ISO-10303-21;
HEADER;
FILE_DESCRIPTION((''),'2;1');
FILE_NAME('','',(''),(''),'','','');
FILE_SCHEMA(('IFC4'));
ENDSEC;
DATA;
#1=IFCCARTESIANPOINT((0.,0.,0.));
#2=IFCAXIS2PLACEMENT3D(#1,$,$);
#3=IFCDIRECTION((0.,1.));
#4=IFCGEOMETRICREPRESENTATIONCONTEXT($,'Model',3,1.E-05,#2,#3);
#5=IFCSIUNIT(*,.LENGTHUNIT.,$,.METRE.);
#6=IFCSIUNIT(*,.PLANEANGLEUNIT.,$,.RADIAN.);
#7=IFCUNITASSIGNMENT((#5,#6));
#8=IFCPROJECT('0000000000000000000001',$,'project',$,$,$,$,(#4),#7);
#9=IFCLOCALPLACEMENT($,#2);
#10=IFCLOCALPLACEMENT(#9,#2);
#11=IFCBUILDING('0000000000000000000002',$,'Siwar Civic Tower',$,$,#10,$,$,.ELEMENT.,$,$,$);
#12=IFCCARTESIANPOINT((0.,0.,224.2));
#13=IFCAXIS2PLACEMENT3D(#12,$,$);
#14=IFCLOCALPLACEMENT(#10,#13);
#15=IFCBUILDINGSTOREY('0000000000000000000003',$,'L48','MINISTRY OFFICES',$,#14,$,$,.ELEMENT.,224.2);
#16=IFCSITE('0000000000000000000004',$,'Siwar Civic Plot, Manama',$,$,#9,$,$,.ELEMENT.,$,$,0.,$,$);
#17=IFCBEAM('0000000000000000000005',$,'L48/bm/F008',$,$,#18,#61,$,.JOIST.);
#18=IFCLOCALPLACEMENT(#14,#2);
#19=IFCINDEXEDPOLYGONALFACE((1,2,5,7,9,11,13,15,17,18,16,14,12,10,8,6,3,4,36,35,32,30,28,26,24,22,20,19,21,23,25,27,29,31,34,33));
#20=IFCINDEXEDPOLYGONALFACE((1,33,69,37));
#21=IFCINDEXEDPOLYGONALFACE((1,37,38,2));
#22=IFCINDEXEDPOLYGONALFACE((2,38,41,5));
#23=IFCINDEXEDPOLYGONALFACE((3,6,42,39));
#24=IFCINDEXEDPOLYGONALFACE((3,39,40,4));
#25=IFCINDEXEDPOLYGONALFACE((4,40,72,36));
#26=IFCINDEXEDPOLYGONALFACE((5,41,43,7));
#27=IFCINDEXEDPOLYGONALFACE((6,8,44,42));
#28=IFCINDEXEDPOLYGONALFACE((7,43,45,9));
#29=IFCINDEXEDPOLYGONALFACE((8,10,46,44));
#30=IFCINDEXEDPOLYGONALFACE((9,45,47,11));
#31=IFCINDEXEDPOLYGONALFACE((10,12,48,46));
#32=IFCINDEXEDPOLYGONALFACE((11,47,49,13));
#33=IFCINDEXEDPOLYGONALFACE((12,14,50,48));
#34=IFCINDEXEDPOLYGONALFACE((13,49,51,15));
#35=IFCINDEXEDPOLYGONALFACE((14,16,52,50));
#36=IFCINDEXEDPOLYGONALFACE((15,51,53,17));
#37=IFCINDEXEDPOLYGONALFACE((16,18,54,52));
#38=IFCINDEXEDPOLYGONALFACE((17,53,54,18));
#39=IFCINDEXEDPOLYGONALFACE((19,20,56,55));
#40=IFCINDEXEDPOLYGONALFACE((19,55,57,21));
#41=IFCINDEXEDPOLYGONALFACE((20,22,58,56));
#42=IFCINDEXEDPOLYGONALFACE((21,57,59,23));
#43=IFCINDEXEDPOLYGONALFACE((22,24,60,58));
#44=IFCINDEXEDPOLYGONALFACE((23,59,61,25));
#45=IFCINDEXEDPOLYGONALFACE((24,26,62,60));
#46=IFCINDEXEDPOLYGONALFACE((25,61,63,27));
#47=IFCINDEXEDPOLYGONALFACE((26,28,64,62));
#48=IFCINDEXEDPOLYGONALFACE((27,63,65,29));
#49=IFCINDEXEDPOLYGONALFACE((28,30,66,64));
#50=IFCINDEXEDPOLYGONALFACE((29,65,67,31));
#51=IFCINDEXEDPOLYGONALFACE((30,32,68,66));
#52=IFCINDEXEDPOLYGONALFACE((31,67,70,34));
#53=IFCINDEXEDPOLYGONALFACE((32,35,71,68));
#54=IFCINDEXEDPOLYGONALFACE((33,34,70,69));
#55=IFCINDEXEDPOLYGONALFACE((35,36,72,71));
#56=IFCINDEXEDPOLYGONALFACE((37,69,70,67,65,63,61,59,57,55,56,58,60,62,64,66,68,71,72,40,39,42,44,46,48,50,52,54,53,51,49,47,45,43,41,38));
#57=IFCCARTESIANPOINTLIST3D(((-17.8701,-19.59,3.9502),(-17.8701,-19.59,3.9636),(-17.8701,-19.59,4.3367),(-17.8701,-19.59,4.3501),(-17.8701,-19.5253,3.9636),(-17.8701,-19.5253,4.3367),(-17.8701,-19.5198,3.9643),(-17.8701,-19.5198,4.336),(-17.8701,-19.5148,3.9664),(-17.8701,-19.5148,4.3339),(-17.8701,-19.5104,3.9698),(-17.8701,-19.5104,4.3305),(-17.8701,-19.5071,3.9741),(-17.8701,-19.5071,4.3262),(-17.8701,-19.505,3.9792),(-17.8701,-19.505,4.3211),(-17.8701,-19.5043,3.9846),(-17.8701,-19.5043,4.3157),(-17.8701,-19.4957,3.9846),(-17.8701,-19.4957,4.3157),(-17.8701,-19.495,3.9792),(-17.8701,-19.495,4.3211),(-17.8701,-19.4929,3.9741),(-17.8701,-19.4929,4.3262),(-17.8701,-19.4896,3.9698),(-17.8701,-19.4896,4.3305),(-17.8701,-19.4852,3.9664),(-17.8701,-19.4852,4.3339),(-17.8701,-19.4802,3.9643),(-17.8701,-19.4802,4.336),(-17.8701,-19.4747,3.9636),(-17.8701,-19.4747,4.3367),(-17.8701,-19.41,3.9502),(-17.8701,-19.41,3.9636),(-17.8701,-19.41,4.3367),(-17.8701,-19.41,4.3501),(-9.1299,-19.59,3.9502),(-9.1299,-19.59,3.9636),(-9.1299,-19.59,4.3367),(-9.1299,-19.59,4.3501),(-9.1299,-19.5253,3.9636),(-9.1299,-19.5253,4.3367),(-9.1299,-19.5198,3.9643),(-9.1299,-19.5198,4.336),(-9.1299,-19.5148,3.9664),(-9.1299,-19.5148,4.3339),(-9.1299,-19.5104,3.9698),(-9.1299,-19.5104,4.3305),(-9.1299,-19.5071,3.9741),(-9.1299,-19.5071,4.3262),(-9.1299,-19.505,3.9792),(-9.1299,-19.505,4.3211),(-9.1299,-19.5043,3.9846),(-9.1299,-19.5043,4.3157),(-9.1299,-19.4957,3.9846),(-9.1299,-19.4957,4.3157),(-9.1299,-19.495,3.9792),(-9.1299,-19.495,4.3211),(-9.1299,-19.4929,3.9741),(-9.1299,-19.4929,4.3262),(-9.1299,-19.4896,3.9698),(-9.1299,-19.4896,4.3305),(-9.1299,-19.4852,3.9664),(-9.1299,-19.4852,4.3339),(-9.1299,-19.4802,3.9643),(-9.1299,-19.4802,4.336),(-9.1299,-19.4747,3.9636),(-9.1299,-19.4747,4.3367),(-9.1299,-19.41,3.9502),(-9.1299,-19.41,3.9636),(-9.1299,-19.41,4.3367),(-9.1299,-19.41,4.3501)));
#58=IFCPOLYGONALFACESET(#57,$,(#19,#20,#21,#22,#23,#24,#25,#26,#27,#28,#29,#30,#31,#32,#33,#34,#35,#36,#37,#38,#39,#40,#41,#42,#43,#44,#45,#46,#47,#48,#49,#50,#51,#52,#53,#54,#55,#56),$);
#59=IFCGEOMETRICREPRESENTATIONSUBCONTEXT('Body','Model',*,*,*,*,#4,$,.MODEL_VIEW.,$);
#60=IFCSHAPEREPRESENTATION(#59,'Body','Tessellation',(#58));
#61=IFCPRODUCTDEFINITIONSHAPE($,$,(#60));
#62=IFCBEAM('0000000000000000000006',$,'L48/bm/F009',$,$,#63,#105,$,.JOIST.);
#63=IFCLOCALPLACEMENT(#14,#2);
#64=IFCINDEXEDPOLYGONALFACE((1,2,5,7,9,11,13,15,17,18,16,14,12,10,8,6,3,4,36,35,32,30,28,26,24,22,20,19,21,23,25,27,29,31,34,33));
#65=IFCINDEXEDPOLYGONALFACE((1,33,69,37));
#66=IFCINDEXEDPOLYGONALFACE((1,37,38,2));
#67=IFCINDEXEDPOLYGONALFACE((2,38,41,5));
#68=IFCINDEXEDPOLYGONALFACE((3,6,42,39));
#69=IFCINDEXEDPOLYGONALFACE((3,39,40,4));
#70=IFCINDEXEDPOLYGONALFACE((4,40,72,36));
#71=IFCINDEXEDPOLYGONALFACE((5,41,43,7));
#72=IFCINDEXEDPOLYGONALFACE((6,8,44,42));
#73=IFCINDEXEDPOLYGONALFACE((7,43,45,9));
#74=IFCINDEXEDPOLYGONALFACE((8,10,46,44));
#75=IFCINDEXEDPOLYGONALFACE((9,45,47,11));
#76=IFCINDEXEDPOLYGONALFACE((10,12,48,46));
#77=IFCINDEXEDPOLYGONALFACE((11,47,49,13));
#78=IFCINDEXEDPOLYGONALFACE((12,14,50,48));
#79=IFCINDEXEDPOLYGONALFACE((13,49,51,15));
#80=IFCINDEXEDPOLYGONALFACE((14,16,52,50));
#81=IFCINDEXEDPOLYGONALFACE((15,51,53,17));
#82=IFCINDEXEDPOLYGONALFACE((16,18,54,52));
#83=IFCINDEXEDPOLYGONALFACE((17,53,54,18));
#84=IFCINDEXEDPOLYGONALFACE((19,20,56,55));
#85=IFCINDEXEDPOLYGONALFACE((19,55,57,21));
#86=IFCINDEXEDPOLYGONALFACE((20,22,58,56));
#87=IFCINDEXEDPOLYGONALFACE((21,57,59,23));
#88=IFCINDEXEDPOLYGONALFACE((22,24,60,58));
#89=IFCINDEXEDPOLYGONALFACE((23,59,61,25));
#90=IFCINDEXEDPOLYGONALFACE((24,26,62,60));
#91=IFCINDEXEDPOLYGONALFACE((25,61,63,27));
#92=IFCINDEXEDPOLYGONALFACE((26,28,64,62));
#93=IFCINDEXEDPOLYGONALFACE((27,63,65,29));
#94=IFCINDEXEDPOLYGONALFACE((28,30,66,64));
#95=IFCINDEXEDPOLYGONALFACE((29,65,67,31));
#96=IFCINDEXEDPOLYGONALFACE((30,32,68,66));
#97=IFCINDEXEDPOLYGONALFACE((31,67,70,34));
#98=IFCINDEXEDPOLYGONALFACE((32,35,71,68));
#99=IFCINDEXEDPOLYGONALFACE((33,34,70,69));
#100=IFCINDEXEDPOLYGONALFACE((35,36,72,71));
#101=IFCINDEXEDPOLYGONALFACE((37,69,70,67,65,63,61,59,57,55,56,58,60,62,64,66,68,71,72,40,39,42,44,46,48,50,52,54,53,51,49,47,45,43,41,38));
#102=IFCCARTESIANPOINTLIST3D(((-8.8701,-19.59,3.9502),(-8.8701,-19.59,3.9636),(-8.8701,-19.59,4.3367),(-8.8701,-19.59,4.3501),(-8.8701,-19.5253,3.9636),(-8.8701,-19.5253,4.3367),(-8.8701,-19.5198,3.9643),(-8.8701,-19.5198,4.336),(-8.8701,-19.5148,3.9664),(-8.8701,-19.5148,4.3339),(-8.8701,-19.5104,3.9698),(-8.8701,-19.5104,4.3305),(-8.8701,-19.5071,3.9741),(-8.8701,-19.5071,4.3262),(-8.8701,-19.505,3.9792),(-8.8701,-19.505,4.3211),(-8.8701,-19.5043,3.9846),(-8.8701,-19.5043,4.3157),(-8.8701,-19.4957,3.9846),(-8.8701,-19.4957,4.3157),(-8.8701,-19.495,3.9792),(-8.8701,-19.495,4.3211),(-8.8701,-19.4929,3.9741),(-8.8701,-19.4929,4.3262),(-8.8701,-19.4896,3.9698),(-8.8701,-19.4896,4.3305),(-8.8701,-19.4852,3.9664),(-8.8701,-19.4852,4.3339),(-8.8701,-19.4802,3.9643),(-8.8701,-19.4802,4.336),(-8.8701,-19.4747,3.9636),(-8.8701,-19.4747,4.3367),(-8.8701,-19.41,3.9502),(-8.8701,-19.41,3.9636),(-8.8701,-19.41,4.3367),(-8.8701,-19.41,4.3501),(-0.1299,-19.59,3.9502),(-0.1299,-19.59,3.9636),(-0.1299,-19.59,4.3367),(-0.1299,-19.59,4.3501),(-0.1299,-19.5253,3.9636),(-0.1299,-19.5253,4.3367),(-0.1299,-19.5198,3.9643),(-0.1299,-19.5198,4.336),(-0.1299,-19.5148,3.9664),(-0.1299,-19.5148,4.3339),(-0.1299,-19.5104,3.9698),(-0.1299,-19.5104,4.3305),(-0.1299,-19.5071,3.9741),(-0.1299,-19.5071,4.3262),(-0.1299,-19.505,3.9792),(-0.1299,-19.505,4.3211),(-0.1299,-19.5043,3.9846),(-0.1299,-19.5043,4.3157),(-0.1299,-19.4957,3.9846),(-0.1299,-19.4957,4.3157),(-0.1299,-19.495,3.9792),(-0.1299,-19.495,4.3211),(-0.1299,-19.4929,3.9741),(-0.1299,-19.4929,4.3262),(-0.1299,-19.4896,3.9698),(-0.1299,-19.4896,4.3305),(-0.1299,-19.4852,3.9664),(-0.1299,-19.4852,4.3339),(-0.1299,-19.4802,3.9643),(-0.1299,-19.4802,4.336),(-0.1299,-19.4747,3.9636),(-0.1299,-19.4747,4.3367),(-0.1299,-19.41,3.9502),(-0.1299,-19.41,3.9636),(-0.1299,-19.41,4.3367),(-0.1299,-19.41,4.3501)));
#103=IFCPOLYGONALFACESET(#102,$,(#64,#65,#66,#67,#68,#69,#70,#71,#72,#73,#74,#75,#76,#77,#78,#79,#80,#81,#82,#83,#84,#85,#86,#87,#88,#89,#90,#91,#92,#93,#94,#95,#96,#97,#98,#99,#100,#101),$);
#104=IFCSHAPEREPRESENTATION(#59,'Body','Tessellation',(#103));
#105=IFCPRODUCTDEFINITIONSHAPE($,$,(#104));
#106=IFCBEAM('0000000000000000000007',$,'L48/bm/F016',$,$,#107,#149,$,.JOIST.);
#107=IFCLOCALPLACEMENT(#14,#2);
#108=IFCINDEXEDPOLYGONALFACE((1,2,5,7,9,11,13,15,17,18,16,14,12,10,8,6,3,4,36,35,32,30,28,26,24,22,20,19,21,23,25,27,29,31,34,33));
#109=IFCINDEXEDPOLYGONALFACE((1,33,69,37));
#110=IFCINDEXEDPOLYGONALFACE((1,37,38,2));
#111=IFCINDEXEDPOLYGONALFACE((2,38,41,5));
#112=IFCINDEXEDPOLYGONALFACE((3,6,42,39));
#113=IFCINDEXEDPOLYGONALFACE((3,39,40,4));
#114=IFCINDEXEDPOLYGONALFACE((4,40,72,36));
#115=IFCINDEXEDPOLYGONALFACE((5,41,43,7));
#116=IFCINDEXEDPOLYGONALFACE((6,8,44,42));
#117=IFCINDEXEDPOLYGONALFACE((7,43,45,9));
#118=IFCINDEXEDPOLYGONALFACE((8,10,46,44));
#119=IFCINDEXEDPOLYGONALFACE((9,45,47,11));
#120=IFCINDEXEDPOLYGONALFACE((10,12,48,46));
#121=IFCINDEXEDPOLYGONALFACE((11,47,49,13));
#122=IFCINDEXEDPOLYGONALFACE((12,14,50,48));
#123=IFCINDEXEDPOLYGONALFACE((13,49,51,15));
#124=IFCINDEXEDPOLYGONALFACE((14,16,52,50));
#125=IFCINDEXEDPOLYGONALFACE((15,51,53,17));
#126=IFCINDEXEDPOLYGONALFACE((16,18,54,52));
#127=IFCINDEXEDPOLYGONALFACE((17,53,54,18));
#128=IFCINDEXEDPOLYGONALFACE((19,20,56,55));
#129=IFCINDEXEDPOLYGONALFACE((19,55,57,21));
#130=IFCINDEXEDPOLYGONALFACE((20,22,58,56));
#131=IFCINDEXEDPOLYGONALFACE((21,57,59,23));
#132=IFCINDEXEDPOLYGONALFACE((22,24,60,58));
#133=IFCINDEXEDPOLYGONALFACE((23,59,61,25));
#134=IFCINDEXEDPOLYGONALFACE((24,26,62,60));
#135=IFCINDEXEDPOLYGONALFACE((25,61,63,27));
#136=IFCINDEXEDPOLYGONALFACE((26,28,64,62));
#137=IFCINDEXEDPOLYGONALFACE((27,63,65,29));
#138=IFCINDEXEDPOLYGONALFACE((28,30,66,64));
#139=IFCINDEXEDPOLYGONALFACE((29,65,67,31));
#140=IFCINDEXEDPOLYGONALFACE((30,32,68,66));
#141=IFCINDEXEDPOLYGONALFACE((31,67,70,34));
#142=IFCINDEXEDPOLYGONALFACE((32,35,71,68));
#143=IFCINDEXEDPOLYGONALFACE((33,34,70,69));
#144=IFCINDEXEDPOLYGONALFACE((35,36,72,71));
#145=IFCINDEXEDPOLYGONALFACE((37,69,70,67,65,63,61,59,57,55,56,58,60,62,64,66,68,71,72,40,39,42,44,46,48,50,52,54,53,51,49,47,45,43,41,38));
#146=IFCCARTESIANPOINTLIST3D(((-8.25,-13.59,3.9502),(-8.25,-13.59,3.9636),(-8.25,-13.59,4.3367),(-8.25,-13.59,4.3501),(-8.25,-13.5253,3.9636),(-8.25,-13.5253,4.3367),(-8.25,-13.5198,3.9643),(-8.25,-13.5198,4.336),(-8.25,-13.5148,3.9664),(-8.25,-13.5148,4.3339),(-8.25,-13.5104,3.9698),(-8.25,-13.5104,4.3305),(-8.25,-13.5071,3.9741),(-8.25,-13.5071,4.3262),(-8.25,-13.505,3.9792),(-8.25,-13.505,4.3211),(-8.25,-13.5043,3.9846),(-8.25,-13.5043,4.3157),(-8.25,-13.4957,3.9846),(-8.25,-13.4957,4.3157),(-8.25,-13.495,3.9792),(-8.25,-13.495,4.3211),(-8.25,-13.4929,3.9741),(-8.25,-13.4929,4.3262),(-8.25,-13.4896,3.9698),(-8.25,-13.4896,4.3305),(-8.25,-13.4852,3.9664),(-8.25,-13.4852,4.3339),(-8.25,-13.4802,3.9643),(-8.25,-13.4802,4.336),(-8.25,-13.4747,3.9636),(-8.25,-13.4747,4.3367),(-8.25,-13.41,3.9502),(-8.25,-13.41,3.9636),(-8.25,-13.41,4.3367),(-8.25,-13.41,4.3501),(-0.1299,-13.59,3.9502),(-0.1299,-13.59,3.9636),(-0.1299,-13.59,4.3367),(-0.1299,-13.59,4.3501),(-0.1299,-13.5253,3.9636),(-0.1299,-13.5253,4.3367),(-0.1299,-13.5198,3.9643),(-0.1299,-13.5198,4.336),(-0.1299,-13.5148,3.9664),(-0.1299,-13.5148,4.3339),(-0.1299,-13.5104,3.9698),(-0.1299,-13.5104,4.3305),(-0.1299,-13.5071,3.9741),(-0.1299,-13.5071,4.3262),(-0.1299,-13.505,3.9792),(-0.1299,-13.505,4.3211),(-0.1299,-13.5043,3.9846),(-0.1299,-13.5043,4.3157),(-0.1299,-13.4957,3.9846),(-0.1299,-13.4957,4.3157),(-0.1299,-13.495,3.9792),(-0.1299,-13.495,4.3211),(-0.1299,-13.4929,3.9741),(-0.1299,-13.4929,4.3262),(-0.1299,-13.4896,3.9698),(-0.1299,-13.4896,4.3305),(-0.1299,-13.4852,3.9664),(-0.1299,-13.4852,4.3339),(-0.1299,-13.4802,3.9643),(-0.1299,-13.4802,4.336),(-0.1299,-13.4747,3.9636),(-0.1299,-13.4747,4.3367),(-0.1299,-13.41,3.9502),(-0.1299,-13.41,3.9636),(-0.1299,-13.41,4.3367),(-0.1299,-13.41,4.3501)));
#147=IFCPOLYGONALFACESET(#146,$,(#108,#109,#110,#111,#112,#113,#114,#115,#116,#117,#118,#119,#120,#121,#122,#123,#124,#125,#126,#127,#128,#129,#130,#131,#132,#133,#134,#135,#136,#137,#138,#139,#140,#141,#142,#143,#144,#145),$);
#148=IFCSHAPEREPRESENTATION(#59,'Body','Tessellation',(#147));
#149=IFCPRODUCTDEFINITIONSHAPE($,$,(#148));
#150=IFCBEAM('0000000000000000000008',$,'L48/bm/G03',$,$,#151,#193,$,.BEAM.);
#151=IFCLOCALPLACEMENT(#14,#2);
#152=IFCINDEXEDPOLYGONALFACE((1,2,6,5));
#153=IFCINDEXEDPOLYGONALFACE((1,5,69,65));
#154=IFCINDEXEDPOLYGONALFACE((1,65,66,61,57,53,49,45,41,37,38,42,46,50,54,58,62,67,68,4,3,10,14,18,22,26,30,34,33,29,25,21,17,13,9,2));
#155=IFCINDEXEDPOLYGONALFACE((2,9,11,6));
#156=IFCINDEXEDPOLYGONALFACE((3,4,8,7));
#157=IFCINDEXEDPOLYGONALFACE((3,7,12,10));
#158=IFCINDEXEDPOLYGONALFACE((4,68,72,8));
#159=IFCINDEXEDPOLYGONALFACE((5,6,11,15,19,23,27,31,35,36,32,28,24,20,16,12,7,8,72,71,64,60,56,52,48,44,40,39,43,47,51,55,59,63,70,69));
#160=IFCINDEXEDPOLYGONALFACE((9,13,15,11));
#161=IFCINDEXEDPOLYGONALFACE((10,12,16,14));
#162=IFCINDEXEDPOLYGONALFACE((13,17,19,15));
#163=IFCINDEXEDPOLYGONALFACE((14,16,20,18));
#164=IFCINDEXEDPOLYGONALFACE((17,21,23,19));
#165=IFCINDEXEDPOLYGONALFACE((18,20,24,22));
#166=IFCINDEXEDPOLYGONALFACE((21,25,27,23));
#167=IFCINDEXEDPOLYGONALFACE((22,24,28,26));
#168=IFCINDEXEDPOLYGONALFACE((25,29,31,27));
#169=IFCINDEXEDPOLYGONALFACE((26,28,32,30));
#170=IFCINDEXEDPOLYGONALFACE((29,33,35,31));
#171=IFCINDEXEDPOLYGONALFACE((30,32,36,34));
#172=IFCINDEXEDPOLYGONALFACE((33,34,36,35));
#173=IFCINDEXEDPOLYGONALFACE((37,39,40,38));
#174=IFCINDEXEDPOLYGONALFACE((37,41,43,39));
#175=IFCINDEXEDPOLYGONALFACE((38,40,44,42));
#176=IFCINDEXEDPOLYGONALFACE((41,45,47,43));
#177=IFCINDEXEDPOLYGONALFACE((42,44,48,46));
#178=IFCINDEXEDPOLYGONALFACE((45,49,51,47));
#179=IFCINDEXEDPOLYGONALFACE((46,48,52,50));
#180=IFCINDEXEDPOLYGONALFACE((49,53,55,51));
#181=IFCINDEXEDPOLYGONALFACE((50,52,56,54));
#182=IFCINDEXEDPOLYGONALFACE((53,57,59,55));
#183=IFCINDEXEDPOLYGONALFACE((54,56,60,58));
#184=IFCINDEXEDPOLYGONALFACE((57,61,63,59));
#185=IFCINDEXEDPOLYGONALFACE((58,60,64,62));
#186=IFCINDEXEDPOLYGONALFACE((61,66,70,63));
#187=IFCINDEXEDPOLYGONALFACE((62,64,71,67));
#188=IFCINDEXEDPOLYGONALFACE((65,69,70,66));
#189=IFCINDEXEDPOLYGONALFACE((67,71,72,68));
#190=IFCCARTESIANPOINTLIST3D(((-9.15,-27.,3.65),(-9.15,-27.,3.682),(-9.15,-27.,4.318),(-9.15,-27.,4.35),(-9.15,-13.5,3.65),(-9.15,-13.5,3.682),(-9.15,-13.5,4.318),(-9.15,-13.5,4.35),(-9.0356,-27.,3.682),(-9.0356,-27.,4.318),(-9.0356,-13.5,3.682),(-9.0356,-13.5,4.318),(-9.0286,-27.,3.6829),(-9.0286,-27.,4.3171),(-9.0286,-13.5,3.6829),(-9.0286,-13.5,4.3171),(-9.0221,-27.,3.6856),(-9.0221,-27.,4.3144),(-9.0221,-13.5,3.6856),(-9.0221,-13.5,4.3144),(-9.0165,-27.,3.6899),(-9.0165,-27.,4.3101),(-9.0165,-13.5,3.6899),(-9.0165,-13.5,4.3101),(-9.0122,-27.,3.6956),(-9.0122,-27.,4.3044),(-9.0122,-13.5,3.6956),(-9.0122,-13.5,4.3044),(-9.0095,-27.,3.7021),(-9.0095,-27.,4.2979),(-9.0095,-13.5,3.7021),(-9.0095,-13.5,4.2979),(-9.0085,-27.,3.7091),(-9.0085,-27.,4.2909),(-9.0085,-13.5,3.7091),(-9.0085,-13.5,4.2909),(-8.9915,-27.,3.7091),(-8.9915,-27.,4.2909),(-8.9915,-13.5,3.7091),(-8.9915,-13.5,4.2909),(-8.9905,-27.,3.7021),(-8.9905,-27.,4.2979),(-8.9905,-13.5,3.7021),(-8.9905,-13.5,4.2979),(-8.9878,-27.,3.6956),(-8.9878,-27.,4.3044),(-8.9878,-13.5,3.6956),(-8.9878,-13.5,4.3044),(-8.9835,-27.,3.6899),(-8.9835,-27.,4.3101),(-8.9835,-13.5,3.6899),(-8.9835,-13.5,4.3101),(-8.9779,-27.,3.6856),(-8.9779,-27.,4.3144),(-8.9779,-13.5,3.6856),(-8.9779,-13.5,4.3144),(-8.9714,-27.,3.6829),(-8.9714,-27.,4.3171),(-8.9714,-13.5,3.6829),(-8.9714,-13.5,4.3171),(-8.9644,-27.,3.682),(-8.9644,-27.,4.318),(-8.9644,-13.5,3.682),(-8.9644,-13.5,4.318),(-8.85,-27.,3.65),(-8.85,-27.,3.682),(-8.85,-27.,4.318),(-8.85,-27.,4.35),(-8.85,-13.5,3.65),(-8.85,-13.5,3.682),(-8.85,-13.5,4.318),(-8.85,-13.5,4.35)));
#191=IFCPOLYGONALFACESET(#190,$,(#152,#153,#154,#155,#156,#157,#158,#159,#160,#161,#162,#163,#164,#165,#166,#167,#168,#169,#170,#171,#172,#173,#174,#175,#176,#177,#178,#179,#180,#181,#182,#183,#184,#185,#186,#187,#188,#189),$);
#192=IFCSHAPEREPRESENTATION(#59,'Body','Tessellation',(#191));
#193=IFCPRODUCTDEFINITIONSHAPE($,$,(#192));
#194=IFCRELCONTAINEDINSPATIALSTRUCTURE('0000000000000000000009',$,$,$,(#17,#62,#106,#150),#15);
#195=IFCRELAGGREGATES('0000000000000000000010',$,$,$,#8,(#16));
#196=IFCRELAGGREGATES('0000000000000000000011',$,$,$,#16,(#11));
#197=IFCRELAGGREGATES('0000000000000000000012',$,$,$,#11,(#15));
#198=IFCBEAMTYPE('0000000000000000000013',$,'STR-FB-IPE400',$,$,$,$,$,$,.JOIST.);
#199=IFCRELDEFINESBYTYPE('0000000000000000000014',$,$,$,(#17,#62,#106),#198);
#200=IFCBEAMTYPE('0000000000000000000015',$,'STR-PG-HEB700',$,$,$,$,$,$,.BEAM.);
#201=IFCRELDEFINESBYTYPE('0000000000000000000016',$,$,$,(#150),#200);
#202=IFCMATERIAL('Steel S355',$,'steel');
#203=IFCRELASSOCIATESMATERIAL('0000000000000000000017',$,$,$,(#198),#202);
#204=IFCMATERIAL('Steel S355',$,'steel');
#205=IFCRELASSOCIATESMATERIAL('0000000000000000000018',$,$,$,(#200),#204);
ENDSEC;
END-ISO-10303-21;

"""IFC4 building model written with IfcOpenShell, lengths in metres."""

from ifc_helpers import new_model, si_unit, direction, frame, origin, origin_2d, place, context, subcontext, project, spatial, i_section, extrude, material, material_profile, profile_set, type_object, element, save


model = new_model("IFC4")

# Units and contexts
model_context = context("Model", 3, precision=1e-05, world=origin(), true_north=direction((0.0, 1.0)))
body_context = subcontext(model_context, "Body", "Model", "MODEL_VIEW")
ifc_project = project(units=[si_unit("LENGTHUNIT", "METRE"), si_unit("PLANEANGLEUNIT", "RADIAN")], contexts=[model_context])

# Site, building, storey
site_placement = place(None, origin())
site = spatial("IfcSite", under=ifc_project, at=site_placement, Name="Siwar Civic Plot, Manama", CompositionType="ELEMENT", RefElevation=0.0)
building_placement = place(site_placement, origin())
building = spatial("IfcBuilding", under=site, at=building_placement, Name="Siwar Civic Tower", CompositionType="ELEMENT")
storey_placement = place(building_placement, frame((0.0, 0.0, 224.2)))
storey = spatial("IfcBuildingStorey", under=building, at=storey_placement, Name="L48", Description="MINISTRY OFFICES", CompositionType="ELEMENT", Elevation=224.2)

# Beams
ifc_material_1 = material(Name="Steel S355", Category="steel")
ifc_material_profile_1 = material_profile(ifc_material_1, i_section(OverallWidth=0.1799, OverallDepth=0.3999, WebThickness=0.0085, FlangeThickness=0.0134, FilletRadius=0.021, at=origin_2d()), Name="IPE400")
ifc_profile_set_1 = profile_set([ifc_material_profile_1], Name="Steel S355")
beam_type_1 = type_object("IfcBeamType", Name="STR-FB-IPE400", PredefinedType="JOIST", material=ifc_profile_set_1)
for number, where, z_axis, x_axis, name in (
    (1, (-17.8701, -19.5, 4.1501), (1.0, 0.0, 0.0), (0.0, 1.0, 0.0), "L48/bm/F008"),
    (2, (-8.8701, -19.5, 4.1501), (1.0, 0.0, 0.0), (0.0, 1.0, 0.0), "L48/bm/F009"),
):
    element("IfcBeam", number, at=place(storey_placement, frame(where, z_axis=z_axis, x_axis=x_axis)), inside=storey, type_object=beam_type_1, Name=name, PredefinedType="JOIST", context=body_context, shape_type="SweptSolid", body=[
        extrude(i_section(OverallWidth=0.1799, OverallDepth=0.3999, WebThickness=0.0085, FlangeThickness=0.0134, FilletRadius=0.021, at=origin_2d()), origin(), (0.0, 0.0, 1.0), 8.7402),
    ])
beam_1_placement = place(storey_placement, frame((-8.25, -13.5, 4.1501), z_axis=(1.0, 0.0, 0.0), x_axis=(0.0, 1.0, 0.0)))
element("IfcBeam", 3, at=beam_1_placement, inside=storey, type_object=beam_type_1, Name="L48/bm/F016", PredefinedType="JOIST", context=body_context, shape_type="SweptSolid", body=[
    extrude(i_section(OverallWidth=0.1799, OverallDepth=0.3999, WebThickness=0.0085, FlangeThickness=0.0134, FilletRadius=0.021, at=origin_2d()), origin(), (0.0, 0.0, 1.0), 8.1201),
])
ifc_material_2 = material(Name="Steel S355", Category="steel")
ifc_material_profile_2 = material_profile(ifc_material_2, i_section(OverallWidth=0.3, OverallDepth=0.7, WebThickness=0.0171, FlangeThickness=0.032, FilletRadius=0.0271, at=origin_2d()), Name="HEB700")
ifc_profile_set_2 = profile_set([ifc_material_profile_2], Name="Steel S355")
beam_type_2 = type_object("IfcBeamType", Name="STR-PG-HEB700", PredefinedType="BEAM", material=ifc_profile_set_2)
beam_2_placement = place(storey_placement, frame((-9.0, -27.0, 4.0), z_axis=(0.0, 1.0, 0.0), x_axis=(-1.0, 0.0, 0.0)))
element("IfcBeam", 4, at=beam_2_placement, inside=storey, type_object=beam_type_2, Name="L48/bm/G03", PredefinedType="BEAM", context=body_context, shape_type="SweptSolid", body=[
    extrude(i_section(OverallWidth=0.3, OverallDepth=0.7, WebThickness=0.0171, FlangeThickness=0.032, FilletRadius=0.0271, at=origin_2d()), origin(), (0.0, 0.0, 1.0), 13.5),
])

save(model, "model.ifc")
